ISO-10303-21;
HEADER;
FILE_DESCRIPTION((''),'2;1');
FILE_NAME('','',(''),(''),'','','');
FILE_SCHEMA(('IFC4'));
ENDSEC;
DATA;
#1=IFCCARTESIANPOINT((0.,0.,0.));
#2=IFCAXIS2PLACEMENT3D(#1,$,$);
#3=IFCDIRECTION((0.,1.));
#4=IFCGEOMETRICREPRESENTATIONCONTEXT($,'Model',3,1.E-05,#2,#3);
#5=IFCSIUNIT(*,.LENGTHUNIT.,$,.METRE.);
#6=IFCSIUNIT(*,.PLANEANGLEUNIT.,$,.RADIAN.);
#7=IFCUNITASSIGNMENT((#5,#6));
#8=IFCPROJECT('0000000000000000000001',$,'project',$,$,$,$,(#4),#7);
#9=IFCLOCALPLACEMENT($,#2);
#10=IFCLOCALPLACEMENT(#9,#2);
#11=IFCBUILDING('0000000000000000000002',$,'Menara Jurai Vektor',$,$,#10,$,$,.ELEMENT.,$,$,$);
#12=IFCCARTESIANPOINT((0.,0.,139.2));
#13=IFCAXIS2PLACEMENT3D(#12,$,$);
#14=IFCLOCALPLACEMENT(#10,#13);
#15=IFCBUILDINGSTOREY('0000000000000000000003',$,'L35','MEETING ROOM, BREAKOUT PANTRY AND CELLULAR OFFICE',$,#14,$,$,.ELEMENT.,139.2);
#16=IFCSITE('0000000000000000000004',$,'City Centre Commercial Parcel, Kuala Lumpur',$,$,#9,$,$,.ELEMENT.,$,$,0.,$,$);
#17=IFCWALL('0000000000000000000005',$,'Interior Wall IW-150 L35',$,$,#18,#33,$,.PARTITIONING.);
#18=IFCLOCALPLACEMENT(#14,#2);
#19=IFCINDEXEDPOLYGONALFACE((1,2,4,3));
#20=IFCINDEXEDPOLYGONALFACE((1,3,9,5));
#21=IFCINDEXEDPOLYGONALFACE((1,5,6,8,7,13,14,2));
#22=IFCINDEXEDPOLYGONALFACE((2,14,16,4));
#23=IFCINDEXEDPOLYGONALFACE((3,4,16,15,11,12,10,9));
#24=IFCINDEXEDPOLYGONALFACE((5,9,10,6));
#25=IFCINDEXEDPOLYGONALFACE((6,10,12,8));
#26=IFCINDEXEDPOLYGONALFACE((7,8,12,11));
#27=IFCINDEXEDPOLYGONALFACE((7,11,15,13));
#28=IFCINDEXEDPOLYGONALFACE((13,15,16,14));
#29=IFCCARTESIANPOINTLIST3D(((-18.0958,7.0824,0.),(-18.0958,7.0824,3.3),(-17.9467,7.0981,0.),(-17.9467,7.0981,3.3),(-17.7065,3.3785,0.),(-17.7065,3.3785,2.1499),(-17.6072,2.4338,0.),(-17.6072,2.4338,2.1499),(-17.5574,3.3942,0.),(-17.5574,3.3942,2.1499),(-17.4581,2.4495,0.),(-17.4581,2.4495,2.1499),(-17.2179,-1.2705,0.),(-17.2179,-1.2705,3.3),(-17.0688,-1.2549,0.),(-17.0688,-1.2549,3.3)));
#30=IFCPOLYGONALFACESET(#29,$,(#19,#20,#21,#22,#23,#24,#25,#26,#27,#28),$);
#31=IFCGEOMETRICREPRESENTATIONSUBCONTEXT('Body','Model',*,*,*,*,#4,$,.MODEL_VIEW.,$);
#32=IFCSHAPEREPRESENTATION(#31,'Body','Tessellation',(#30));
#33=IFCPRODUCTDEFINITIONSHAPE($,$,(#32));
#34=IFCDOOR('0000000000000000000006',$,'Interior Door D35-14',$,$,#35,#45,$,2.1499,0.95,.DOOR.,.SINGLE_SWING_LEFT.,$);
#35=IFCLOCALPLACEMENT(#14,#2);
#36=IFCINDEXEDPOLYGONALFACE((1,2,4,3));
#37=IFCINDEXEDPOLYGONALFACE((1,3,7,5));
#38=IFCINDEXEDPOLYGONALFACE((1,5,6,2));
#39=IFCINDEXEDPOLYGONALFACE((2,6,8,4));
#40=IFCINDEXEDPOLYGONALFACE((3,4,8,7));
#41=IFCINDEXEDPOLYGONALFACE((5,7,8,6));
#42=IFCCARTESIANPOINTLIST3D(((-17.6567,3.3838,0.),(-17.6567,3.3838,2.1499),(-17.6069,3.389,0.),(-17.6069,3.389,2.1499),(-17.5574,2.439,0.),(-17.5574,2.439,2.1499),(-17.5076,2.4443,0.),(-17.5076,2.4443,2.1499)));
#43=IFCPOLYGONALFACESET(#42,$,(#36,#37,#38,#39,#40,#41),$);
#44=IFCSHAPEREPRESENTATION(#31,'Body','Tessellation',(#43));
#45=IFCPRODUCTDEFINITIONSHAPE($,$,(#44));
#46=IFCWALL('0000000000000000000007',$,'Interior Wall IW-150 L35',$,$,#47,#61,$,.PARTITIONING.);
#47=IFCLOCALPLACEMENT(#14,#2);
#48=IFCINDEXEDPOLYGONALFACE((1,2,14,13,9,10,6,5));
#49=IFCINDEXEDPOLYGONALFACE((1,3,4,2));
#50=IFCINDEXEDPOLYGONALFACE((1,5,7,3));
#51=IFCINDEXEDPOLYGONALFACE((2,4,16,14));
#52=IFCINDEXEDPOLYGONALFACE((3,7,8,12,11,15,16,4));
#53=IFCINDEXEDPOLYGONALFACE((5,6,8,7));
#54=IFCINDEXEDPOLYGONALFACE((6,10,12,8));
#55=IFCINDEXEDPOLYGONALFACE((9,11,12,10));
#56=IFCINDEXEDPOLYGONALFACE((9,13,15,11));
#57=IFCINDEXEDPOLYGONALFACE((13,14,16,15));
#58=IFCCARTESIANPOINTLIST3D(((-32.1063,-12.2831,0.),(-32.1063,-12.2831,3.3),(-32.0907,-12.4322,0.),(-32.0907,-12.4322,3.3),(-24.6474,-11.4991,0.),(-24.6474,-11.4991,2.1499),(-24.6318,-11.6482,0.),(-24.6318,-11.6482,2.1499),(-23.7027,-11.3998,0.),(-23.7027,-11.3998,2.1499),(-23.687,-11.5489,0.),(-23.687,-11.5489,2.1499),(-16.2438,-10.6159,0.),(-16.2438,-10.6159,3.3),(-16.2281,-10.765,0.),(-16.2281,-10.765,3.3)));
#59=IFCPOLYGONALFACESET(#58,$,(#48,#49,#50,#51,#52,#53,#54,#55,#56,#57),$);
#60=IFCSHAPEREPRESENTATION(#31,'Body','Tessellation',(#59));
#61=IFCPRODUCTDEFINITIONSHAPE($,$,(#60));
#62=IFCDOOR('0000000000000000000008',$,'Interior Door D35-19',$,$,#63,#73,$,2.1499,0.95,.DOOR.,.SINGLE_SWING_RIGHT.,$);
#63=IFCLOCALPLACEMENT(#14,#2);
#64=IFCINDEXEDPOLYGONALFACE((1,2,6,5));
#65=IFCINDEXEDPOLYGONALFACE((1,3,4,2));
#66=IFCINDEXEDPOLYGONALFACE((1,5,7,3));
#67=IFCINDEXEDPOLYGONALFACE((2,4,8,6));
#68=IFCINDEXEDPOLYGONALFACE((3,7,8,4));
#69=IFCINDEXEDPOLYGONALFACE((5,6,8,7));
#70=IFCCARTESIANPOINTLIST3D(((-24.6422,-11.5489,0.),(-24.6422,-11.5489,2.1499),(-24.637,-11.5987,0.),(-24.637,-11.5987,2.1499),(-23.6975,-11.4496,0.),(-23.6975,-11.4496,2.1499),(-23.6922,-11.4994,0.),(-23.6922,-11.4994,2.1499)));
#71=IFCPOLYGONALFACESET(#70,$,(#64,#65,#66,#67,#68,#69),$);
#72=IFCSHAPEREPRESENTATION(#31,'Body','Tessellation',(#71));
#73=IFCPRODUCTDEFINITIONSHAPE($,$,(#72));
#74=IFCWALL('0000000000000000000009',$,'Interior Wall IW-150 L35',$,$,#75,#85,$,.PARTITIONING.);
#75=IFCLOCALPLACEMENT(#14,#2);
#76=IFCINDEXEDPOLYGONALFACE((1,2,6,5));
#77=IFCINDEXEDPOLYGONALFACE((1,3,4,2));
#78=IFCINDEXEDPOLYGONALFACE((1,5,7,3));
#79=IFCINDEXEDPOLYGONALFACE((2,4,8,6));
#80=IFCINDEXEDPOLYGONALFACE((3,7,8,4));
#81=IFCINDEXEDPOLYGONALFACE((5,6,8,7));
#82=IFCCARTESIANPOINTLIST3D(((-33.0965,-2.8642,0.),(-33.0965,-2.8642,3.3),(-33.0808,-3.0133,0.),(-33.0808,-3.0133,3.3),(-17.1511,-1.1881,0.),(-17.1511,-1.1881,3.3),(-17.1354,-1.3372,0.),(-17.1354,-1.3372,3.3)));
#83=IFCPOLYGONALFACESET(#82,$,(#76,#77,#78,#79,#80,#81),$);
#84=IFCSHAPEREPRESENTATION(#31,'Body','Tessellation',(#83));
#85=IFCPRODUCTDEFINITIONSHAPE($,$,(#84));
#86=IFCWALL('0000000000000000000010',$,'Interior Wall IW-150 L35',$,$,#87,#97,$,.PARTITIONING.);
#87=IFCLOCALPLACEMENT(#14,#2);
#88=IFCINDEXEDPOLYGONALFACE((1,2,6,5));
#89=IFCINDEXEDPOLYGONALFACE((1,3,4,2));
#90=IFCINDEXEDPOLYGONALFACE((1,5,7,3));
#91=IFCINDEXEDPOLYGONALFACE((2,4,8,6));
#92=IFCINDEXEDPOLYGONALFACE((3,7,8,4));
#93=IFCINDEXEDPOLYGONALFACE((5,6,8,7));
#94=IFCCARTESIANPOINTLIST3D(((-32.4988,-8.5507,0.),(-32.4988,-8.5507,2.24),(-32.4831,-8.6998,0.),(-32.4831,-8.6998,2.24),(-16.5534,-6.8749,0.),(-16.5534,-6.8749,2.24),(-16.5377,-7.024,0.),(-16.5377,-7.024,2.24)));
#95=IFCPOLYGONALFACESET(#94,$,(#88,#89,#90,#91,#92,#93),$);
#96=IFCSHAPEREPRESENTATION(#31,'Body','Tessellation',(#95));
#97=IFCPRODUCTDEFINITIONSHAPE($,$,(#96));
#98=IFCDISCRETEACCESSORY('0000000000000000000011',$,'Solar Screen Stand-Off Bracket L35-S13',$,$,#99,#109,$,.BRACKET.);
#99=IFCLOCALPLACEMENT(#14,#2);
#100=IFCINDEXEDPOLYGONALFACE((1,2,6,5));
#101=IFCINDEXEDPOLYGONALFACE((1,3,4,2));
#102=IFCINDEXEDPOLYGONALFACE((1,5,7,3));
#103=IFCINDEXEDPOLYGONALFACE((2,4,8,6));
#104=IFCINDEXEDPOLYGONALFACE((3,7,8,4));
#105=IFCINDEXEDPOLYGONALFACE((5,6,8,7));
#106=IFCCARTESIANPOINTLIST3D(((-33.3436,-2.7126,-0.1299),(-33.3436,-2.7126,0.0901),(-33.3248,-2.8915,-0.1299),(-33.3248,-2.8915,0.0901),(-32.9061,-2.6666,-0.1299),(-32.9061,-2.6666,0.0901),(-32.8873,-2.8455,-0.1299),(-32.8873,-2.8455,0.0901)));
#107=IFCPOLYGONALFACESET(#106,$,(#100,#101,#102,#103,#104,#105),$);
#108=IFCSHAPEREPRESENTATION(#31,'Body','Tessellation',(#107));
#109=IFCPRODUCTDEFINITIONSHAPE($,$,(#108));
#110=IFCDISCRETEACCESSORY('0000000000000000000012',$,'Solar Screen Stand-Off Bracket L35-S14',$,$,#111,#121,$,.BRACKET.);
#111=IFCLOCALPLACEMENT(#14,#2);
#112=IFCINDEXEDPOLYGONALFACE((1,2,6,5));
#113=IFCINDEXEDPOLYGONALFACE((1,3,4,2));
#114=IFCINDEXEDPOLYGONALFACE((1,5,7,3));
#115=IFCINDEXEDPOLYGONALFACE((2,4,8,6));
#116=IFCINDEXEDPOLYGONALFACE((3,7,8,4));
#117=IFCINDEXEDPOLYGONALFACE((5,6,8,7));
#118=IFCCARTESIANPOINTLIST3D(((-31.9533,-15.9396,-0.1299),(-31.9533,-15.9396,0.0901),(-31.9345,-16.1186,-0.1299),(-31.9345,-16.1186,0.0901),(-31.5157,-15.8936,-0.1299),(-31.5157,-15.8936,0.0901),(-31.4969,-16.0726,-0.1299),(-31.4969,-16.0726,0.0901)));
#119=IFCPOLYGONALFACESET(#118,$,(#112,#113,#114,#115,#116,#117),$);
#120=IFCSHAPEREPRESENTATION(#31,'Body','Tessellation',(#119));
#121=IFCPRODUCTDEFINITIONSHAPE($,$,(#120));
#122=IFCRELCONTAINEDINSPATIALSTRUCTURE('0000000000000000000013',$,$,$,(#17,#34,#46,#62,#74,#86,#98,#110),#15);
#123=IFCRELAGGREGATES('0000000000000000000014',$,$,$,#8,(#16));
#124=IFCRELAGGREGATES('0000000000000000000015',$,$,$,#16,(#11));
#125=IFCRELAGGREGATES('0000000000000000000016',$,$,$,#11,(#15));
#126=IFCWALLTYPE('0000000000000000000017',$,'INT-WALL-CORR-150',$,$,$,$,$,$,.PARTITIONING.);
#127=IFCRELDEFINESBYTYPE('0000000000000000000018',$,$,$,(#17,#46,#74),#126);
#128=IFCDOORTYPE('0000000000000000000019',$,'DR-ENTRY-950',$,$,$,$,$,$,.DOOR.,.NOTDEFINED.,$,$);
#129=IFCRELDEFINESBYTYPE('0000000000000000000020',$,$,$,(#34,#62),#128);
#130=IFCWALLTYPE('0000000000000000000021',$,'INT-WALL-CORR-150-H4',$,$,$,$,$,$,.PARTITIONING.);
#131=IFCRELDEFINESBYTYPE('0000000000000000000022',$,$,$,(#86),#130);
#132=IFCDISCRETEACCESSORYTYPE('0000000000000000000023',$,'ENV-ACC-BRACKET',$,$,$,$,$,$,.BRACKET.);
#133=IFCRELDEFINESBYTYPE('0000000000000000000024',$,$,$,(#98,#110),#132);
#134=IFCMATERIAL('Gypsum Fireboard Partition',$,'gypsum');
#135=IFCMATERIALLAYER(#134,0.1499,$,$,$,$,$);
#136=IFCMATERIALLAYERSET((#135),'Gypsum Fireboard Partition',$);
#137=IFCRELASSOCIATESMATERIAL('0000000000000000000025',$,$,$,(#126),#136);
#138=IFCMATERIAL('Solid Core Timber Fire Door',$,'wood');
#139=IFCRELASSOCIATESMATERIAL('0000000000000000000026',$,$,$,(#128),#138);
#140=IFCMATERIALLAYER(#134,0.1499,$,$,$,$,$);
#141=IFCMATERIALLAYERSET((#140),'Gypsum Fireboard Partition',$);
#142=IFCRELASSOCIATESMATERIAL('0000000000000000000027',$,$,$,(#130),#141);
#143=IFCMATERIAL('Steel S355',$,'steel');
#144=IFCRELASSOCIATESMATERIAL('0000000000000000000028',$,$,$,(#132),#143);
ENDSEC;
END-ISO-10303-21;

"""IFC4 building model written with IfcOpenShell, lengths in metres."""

from ifc_helpers import new_model, si_unit, direction, frame, frame_2d, origin, origin_2d, place, context, subcontext, project, spatial, rectangle, extrude, material, layer, layer_set, type_object, element, fill, save


model = new_model("IFC4")

# Units and contexts
model_context = context("Model", 3, precision=1e-05, world=origin(), true_north=direction((0.0, 1.0)))
body_context = subcontext(model_context, "Body", "Model", "MODEL_VIEW")
ifc_project = project(units=[si_unit("LENGTHUNIT", "METRE"), si_unit("PLANEANGLEUNIT", "RADIAN")], contexts=[model_context])

# Site, building, storey
site_placement = place(None, origin())
site = spatial("IfcSite", under=ifc_project, at=site_placement, Name="City Centre Commercial Parcel, Kuala Lumpur", CompositionType="ELEMENT", RefElevation=0.0)
building_placement = place(site_placement, origin())
building = spatial("IfcBuilding", under=site, at=building_placement, Name="Menara Jurai Vektor", CompositionType="ELEMENT")
storey_placement = place(building_placement, frame((0.0, 0.0, 139.2)))
storey = spatial("IfcBuildingStorey", under=building, at=storey_placement, Name="L35", Description="MEETING ROOM, BREAKOUT PANTRY AND CELLULAR OFFICE", CompositionType="ELEMENT", Elevation=139.2)

# Shared definitions
ifc_material_1 = material(Name="Steel S355", Category="steel")

# Walls, openings, doors
ifc_material_2 = material(Name="Gypsum Fireboard Partition", Category="gypsum")
ifc_layer_1 = layer(ifc_material_2, 0.1499)
ifc_layer_set_1 = layer_set([ifc_layer_1], Name="Gypsum Fireboard Partition")
wall_type_1 = type_object("IfcWallType", Name="INT-WALL-CORR-150", PredefinedType="PARTITIONING", material=ifc_layer_set_1)
ifc_material_3 = material(Name="Solid Core Timber Fire Door", Category="wood")
door_type = type_object("IfcDoorType", Name="DR-ENTRY-950", OperationType="NOTDEFINED", PredefinedType="DOOR", material=ifc_material_3)
wall_1_placement = place(storey_placement, frame((-17.1433, -1.2627, 0.0), z_axis=(0.0, 0.0, 1.0), x_axis=(-0.104527, 0.994522, 0.0)))
wall_1 = element("IfcWall", 1, at=wall_1_placement, inside=storey, type_object=wall_type_1, Name="Interior Wall IW-150 L35", PredefinedType="PARTITIONING", context=body_context, shape_type="SweptSolid", body=[
    extrude(rectangle(XDim=8.3989, YDim=0.1499, at=frame_2d((4.1995, 0.0))), origin(), (0.0, 0.0, 1.0), 3.3),
])
opening_1_placement = place(wall_1_placement, frame((3.7246, 0.0, 0.0)))
opening_1 = element("IfcOpeningElement", 2, at=opening_1_placement, cuts=wall_1, PredefinedType="OPENING", context=body_context, shape_type="SweptSolid", body=[
    extrude(rectangle(XDim=0.95, YDim=2.1499, at=frame_2d((0.4751, 1.075))), frame((0.0, 0.085, 0.0), z_axis=(0.0, -1.0, 0.0), x_axis=(1.0, 0.0, 0.0)), (0.0, 0.0, 1.0), 0.1699),
])
door_1_placement = place(opening_1_placement, origin())
door_1 = element("IfcDoor", 3, at=door_1_placement, inside=storey, type_object=door_type, Name="Interior Door D35-14", OperationType="SINGLE_SWING_LEFT", OverallHeight=2.1499, OverallWidth=0.95, PredefinedType="DOOR", context=body_context, shape_type="SweptSolid", body=[
    extrude(rectangle(XDim=0.95, YDim=2.1499, at=frame_2d((0.4751, 1.075))), frame((0.0, 0.0249, 0.0), z_axis=(0.0, -1.0, 0.0), x_axis=(1.0, 0.0, 0.0)), (0.0, 0.0, 1.0), 0.05),
])
fill(opening_1, door_1)
wall_2_placement = place(storey_placement, frame((-32.0986, -12.3577, 0.0), z_axis=(0.0, 0.0, 1.0), x_axis=(0.994522, 0.104529, 0.0)))
wall_2 = element("IfcWall", 4, at=wall_2_placement, inside=storey, type_object=wall_type_1, Name="Interior Wall IW-150 L35", PredefinedType="PARTITIONING", context=body_context, shape_type="SweptSolid", body=[
    extrude(rectangle(XDim=15.95, YDim=0.1499, at=frame_2d((7.9751, 0.0))), origin(), (0.0, 0.0, 1.0), 3.3),
])
opening_2_placement = place(wall_2_placement, frame((7.5, 0.0, 0.0)))
opening_2 = element("IfcOpeningElement", 5, at=opening_2_placement, cuts=wall_2, PredefinedType="OPENING", context=body_context, shape_type="SweptSolid", body=[
    extrude(rectangle(XDim=0.95, YDim=2.1499, at=frame_2d((0.4751, 1.075))), frame((0.0, 0.085, 0.0), z_axis=(0.0, -1.0, 0.0), x_axis=(1.0, 0.0, 0.0)), (0.0, 0.0, 1.0), 0.1699),
])
door_2_placement = place(opening_2_placement, origin())
door_2 = element("IfcDoor", 6, at=door_2_placement, inside=storey, type_object=door_type, Name="Interior Door D35-19", OperationType="SINGLE_SWING_RIGHT", OverallHeight=2.1499, OverallWidth=0.95, PredefinedType="DOOR", context=body_context, shape_type="SweptSolid", body=[
    extrude(rectangle(XDim=0.95, YDim=2.1499, at=frame_2d((0.4751, 1.075))), frame((0.0, 0.0249, 0.0), z_axis=(0.0, -1.0, 0.0), x_axis=(1.0, 0.0, 0.0)), (0.0, 0.0, 1.0), 0.05),
])
fill(opening_2, door_2)

# Walls
wall_3_placement = place(storey_placement, frame((-33.0886, -2.9387, 0.0), z_axis=(0.0, 0.0, 1.0), x_axis=(0.994521, 0.104535, 0.0)))
element("IfcWall", 7, at=wall_3_placement, inside=storey, type_object=wall_type_1, Name="Interior Wall IW-150 L35", PredefinedType="PARTITIONING", context=body_context, shape_type="SweptSolid", body=[
    extrude(rectangle(XDim=16.0332, YDim=0.1499, at=frame_2d((8.0166, 0.0))), origin(), (0.0, 0.0, 1.0), 3.3),
])
ifc_layer_2 = layer(ifc_material_2, 0.1499)
ifc_layer_set_2 = layer_set([ifc_layer_2], Name="Gypsum Fireboard Partition")
wall_type_2 = type_object("IfcWallType", Name="INT-WALL-CORR-150-H4", PredefinedType="PARTITIONING", material=ifc_layer_set_2)
wall_4_placement = place(storey_placement, frame((-32.491, -8.6252, 0.0), z_axis=(0.0, 0.0, 1.0), x_axis=(0.994523, 0.10452, 0.0)))
element("IfcWall", 8, at=wall_4_placement, inside=storey, type_object=wall_type_2, Name="Interior Wall IW-150 L35", PredefinedType="PARTITIONING", context=body_context, shape_type="SweptSolid", body=[
    extrude(rectangle(XDim=16.0332, YDim=0.1499, at=frame_2d((8.0166, 0.0))), origin(), (0.0, 0.0, 1.0), 2.24),
])

# Discrete accessories
discrete_accessory_type = type_object("IfcDiscreteAccessoryType", Name="ENV-ACC-BRACKET", PredefinedType="BRACKET", material=ifc_material_1)
for number, where, z_axis, x_axis, name in (
    (9, (-33.1155, -2.7791, -0.1299), (0.0, 0.0, 1.0), (0.104528, -0.994522, 0.0), "Solar Screen Stand-Off Bracket L35-S13"),
    (10, (-31.7251, -16.0061, -0.1299), (0.0, 0.0, 1.0), (0.104528, -0.994522, 0.0), "Solar Screen Stand-Off Bracket L35-S14"),
):
    element("IfcDiscreteAccessory", number, at=place(storey_placement, frame(where, z_axis=z_axis, x_axis=x_axis)), inside=storey, type_object=discrete_accessory_type, Name=name, PredefinedType="BRACKET", context=body_context, shape_type="SweptSolid", body=[
        extrude(rectangle(XDim=0.1799, YDim=0.4399, at=origin_2d()), origin(), (0.0, 0.0, 1.0), 0.22),
    ])

save(model, "model.ifc")
